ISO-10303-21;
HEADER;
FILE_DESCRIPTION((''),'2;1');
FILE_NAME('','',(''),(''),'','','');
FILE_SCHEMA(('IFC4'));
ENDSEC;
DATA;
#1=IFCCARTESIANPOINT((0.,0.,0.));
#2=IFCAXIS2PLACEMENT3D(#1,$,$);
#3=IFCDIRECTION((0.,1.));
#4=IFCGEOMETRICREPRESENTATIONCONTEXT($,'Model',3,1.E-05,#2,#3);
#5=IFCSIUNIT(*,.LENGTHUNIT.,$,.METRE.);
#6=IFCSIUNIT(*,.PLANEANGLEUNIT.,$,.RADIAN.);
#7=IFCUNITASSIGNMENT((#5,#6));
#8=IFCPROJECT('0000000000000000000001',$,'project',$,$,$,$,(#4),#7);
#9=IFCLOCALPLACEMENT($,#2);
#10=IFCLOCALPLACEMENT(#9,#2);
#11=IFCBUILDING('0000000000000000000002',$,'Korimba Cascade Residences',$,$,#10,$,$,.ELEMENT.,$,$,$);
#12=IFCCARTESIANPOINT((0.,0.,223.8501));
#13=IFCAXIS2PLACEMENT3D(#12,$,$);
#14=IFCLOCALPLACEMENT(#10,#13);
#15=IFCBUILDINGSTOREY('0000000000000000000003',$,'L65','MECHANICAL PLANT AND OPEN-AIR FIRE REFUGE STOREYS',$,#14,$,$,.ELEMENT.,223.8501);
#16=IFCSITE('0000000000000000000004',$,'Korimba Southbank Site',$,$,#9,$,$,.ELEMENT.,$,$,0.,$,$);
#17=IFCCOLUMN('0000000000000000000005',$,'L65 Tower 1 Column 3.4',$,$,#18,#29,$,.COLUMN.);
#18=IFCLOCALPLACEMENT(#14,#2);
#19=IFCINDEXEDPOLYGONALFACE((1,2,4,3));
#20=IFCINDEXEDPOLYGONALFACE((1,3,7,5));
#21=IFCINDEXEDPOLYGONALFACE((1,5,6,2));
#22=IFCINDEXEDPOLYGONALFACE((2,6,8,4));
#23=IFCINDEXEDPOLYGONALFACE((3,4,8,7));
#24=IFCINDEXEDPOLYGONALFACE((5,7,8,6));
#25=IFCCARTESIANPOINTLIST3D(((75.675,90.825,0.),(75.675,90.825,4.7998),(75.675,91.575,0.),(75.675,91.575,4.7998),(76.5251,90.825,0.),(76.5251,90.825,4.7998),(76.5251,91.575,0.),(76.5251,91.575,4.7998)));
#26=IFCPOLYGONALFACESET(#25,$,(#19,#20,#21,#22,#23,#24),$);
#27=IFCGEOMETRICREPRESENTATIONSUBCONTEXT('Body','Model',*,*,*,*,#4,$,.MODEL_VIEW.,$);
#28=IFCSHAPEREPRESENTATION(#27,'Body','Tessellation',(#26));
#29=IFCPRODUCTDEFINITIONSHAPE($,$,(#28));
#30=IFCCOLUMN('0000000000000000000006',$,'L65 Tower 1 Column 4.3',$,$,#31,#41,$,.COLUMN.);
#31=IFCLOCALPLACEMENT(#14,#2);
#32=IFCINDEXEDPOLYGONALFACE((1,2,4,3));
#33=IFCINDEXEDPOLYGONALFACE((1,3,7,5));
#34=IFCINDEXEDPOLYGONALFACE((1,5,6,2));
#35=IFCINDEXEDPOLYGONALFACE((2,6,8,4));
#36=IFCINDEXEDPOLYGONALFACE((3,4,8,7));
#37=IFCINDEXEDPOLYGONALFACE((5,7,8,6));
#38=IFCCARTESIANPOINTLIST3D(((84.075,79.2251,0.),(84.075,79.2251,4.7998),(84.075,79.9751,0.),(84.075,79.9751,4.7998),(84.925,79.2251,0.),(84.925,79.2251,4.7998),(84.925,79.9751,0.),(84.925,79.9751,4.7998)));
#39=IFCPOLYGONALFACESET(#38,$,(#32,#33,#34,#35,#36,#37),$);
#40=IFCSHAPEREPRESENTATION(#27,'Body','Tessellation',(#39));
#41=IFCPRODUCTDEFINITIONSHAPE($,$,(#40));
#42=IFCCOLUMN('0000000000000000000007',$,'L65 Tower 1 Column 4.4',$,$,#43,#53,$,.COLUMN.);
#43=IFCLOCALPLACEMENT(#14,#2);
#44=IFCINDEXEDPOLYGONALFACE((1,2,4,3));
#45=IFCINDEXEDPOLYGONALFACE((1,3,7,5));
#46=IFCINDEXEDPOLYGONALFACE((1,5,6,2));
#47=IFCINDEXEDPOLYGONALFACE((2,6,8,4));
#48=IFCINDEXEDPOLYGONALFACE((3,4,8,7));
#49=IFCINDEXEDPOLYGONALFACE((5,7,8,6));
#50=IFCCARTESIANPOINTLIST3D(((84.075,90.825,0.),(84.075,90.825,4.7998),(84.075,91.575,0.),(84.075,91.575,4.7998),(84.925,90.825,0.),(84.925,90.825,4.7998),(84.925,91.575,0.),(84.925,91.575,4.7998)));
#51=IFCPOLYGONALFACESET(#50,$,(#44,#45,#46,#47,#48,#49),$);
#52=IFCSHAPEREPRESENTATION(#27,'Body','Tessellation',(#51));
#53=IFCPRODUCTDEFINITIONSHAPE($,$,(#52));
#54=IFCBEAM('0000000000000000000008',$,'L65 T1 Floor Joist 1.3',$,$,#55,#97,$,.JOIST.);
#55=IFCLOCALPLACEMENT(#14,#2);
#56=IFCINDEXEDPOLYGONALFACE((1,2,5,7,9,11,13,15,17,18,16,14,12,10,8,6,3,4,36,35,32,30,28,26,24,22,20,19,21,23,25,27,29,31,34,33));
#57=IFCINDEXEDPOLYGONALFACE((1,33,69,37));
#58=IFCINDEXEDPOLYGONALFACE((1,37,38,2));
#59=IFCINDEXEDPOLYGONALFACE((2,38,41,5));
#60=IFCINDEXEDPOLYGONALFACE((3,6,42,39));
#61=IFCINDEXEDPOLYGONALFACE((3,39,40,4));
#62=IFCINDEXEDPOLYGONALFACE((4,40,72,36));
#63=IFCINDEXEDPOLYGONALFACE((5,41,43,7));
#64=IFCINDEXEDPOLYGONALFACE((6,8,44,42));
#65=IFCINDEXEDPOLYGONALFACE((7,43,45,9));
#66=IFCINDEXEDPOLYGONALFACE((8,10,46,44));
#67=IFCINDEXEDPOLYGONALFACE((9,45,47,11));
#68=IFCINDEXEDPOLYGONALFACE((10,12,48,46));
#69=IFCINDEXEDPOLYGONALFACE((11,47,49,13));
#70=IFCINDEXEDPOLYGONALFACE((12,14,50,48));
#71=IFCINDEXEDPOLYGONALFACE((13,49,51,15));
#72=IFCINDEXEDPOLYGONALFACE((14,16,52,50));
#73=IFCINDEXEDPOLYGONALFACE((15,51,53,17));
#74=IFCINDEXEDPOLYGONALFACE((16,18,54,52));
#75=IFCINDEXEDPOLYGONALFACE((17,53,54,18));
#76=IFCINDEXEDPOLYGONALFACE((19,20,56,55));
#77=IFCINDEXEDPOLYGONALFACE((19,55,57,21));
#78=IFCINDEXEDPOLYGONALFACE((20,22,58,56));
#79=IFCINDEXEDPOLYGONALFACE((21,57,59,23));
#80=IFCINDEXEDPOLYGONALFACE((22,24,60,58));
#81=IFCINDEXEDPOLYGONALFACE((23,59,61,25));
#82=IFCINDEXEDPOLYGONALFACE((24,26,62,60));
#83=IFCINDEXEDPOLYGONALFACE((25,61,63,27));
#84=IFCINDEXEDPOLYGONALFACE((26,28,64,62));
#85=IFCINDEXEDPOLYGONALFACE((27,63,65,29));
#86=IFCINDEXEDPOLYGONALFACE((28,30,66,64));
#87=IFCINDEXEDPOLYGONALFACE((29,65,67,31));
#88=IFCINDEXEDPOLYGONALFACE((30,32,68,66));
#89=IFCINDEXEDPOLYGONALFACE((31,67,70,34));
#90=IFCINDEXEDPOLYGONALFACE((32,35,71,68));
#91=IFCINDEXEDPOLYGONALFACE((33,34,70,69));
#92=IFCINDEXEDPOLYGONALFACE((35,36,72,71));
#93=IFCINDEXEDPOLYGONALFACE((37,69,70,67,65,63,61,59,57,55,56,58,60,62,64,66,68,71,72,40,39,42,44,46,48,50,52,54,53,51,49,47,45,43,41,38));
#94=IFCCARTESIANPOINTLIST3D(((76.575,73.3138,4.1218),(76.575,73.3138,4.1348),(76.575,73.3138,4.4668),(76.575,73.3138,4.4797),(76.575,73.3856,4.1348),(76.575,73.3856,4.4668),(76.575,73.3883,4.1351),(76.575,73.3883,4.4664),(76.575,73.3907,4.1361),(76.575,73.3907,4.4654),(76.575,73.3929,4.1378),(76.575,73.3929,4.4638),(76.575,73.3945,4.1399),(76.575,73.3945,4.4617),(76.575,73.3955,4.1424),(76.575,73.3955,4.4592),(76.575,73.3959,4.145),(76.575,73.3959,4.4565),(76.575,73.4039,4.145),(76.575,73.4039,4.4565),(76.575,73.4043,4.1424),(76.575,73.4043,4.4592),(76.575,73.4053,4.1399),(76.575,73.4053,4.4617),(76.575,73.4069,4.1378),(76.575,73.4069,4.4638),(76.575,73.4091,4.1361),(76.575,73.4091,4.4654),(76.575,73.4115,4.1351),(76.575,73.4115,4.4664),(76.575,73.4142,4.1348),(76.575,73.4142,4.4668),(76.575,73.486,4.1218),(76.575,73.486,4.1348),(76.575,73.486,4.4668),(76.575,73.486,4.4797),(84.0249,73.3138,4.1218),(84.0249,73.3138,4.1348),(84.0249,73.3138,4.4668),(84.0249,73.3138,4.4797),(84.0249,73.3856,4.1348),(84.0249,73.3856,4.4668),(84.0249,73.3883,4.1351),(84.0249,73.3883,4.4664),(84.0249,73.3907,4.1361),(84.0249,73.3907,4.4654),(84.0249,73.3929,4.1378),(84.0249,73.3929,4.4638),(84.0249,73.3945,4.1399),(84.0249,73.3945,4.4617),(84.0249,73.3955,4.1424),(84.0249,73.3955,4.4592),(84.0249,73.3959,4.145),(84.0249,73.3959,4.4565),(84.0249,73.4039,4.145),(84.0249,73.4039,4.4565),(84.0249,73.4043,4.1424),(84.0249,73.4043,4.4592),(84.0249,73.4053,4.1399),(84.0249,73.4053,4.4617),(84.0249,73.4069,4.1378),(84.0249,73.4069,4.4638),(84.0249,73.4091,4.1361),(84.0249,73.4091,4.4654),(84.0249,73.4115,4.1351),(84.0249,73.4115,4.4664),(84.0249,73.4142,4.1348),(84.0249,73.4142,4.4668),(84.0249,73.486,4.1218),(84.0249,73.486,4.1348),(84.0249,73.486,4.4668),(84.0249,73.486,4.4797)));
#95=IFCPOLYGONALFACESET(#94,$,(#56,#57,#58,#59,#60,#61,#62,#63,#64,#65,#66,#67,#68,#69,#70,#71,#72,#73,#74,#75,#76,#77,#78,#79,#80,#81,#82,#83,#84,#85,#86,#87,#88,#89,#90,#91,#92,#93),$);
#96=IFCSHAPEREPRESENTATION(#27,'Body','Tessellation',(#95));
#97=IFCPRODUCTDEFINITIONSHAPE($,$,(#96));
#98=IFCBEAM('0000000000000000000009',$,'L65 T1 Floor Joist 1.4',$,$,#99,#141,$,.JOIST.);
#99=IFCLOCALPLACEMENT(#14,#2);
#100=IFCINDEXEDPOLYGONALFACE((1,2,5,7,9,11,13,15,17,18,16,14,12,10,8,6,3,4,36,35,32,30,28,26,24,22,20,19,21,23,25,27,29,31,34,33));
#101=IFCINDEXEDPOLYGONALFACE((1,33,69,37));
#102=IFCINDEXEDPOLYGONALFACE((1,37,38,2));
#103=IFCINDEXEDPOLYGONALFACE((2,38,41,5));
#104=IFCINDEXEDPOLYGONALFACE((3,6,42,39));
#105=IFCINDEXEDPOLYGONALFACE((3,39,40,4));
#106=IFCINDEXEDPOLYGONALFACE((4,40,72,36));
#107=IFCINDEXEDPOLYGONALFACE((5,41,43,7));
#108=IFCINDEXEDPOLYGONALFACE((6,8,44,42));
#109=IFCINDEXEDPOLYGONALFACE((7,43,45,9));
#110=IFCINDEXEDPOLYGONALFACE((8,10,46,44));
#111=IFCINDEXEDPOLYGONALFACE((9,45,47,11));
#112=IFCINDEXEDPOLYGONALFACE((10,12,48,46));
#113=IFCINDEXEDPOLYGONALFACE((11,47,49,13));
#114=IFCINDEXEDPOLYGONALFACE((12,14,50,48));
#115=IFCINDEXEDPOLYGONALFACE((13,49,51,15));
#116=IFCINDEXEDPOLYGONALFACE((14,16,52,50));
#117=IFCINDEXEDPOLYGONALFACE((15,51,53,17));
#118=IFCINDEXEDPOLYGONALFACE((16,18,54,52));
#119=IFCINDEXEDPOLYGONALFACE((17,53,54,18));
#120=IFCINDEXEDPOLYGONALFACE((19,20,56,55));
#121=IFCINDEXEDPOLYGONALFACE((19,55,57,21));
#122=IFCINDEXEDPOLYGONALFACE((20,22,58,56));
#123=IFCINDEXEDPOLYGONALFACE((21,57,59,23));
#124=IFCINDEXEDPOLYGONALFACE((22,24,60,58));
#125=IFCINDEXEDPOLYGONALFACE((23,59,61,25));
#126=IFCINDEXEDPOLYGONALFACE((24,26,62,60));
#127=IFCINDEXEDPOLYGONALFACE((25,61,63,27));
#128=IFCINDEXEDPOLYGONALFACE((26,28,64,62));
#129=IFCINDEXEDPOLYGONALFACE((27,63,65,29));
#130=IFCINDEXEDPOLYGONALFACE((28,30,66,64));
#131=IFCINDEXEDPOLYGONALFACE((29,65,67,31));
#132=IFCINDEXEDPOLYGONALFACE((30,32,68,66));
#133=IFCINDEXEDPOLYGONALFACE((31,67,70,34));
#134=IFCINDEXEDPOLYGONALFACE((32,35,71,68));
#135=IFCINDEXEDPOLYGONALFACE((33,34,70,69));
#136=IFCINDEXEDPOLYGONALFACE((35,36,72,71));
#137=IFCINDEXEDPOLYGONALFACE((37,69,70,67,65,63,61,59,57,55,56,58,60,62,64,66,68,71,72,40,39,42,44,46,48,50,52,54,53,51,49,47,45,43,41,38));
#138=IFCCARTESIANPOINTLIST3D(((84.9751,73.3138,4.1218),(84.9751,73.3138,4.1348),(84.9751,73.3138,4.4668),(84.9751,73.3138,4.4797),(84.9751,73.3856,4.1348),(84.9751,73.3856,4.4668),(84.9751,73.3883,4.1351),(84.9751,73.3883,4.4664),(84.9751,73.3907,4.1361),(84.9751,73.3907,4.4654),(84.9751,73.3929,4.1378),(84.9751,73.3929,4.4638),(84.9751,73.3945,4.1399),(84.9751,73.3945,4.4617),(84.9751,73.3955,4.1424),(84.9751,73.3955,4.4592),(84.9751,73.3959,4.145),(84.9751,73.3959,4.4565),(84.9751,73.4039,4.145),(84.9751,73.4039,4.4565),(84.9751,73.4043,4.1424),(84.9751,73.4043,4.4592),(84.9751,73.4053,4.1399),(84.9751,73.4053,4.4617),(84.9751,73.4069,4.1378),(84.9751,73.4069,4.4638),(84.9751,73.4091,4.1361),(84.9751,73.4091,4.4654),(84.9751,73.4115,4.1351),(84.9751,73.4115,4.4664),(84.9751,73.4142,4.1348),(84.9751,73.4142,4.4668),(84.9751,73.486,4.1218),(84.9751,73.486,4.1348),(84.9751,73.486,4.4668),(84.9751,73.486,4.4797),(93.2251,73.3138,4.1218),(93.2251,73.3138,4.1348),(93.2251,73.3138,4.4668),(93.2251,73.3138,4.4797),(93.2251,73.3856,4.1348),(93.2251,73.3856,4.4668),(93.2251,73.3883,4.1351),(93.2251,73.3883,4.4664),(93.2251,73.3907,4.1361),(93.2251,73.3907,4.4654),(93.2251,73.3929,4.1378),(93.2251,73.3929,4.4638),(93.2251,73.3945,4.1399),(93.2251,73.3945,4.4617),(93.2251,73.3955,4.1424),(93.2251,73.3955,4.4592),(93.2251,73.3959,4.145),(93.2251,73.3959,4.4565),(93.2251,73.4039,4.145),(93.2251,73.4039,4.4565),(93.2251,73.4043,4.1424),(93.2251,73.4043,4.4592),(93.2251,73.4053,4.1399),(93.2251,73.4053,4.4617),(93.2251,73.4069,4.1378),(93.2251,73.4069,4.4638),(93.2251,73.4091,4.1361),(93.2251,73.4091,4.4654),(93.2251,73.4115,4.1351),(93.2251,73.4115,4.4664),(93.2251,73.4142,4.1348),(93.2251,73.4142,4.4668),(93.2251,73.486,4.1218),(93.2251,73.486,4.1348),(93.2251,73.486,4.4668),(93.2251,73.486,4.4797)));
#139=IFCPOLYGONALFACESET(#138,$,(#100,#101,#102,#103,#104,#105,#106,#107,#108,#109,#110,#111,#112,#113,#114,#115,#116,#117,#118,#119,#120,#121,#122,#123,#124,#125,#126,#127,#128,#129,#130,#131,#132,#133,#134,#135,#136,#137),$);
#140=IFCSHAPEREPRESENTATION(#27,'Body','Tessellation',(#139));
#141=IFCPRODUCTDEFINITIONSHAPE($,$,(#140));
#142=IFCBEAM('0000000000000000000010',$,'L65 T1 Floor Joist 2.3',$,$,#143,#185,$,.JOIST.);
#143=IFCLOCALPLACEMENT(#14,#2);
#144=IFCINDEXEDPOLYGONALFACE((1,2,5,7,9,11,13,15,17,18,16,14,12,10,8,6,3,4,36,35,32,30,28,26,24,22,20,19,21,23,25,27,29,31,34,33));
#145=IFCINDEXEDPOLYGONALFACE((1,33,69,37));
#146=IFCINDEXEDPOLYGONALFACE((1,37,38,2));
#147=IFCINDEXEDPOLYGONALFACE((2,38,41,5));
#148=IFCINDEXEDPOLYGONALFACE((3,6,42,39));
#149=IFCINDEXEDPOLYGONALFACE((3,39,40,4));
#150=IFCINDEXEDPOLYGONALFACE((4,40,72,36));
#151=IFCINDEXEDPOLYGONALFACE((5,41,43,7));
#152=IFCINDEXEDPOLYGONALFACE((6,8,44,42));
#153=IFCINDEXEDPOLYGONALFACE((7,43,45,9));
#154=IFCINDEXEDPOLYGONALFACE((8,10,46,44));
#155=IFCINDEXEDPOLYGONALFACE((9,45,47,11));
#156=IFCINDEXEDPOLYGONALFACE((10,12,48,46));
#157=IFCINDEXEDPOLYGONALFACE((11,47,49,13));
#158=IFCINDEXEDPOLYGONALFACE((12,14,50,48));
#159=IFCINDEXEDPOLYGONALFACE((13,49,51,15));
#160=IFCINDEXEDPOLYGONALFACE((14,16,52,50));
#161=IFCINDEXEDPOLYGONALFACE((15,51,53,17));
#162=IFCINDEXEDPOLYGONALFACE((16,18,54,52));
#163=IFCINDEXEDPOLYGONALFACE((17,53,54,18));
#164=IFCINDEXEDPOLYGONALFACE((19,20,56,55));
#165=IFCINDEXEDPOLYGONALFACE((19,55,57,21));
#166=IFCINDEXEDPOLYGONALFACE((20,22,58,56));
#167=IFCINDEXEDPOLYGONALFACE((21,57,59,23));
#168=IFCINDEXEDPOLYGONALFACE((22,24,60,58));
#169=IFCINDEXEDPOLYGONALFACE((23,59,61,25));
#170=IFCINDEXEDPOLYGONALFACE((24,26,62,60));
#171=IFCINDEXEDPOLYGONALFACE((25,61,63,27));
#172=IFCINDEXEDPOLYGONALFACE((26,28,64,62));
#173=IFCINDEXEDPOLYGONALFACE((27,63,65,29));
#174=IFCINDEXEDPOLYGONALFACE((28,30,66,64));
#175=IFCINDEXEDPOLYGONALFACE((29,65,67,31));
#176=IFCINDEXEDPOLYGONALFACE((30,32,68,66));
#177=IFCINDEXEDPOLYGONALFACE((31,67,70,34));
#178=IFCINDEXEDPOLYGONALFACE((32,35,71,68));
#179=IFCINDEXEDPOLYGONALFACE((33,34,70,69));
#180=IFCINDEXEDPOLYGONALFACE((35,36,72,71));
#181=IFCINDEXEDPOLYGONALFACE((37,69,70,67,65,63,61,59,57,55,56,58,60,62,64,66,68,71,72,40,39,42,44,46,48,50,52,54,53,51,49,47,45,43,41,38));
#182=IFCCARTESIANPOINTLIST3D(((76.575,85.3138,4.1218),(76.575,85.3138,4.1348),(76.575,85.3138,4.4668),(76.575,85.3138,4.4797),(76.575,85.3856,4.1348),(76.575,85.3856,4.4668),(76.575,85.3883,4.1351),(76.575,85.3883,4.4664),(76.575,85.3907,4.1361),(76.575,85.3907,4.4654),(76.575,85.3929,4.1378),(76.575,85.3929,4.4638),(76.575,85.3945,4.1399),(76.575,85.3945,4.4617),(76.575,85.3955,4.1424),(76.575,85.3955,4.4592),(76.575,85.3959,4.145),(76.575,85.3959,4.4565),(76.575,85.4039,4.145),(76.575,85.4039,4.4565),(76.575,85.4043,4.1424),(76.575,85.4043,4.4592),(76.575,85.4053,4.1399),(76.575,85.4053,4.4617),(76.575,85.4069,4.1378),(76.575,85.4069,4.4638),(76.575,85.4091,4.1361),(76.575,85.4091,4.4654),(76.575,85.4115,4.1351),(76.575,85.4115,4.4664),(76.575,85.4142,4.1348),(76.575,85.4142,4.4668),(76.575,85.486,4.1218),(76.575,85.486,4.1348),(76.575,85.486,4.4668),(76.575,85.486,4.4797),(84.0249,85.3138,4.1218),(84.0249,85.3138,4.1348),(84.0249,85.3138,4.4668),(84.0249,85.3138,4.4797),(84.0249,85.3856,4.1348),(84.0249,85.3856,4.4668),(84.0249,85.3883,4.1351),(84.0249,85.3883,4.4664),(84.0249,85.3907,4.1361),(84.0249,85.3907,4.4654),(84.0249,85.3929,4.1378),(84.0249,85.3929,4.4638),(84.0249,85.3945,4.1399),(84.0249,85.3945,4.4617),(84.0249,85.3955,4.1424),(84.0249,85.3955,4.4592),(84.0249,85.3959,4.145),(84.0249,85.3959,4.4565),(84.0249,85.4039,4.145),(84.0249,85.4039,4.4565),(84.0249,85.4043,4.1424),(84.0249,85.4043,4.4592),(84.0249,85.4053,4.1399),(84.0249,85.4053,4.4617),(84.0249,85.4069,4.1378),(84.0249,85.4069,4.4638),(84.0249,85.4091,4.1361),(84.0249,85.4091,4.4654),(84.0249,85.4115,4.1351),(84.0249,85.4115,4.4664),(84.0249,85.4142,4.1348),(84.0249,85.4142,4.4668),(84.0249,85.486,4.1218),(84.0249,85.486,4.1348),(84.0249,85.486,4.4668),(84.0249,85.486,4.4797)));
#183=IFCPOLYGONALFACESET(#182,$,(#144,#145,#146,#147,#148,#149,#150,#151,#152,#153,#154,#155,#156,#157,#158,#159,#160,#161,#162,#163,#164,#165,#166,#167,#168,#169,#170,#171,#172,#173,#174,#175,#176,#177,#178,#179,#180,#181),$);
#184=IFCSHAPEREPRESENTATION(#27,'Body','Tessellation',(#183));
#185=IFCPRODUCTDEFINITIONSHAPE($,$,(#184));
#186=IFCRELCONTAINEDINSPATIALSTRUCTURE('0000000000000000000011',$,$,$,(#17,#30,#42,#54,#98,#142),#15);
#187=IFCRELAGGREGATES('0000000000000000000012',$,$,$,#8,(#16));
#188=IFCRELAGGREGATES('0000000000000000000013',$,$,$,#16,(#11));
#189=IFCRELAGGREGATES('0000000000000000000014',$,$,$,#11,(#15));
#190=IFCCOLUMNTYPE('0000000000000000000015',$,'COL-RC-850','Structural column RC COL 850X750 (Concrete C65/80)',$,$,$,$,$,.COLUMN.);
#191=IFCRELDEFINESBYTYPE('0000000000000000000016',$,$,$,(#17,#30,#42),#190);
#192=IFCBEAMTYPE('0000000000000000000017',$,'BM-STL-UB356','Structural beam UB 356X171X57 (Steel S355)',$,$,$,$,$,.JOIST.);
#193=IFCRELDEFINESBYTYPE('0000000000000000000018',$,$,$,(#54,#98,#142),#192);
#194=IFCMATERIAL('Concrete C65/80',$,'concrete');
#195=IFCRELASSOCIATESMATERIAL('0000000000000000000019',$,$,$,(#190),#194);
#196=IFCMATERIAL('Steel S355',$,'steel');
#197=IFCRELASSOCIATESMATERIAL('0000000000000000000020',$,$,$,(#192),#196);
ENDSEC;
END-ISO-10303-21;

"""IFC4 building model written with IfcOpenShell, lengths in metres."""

from ifc_helpers import new_model, si_unit, direction, frame, origin, origin_2d, place, context, subcontext, project, spatial, rectangle, i_section, extrude, material, material_profile, profile_set, type_object, element, save


model = new_model("IFC4")

# Units and contexts
model_context = context("Model", 3, precision=1e-05, world=origin(), true_north=direction((0.0, 1.0)))
body_context = subcontext(model_context, "Body", "Model", "MODEL_VIEW")
ifc_project = project(units=[si_unit("LENGTHUNIT", "METRE"), si_unit("PLANEANGLEUNIT", "RADIAN")], contexts=[model_context])

# Site, building, storey
site_placement = place(None, origin())
site = spatial("IfcSite", under=ifc_project, at=site_placement, Name="Korimba Southbank Site", CompositionType="ELEMENT", RefElevation=0.0)
building_placement = place(site_placement, origin())
building = spatial("IfcBuilding", under=site, at=building_placement, Name="Korimba Cascade Residences", CompositionType="ELEMENT")
storey_placement = place(building_placement, frame((0.0, 0.0, 223.8501)))
storey = spatial("IfcBuildingStorey", under=building, at=storey_placement, Name="L65", Description="MECHANICAL PLANT AND OPEN-AIR FIRE REFUGE STOREYS", CompositionType="ELEMENT", Elevation=223.8501)

# Columns
ifc_material_1 = material(Name="Concrete C65/80", Category="concrete")
ifc_material_profile_1 = material_profile(ifc_material_1, rectangle(XDim=0.8501, YDim=0.75, at=origin_2d()), Name="Concrete C65/80")
ifc_profile_set_1 = profile_set([ifc_material_profile_1], Name="Concrete C65/80")
column_type = type_object("IfcColumnType", Name="COL-RC-850", Description="Structural column RC COL 850X750 (Concrete C65/80)", PredefinedType="COLUMN", material=ifc_profile_set_1)
for number, where, z_axis, x_axis, name in (
    (1, (76.1001, 91.2, 0.0), (0.0, 0.0, 1.0), (1.0, 0.0, 0.0), "L65 Tower 1 Column 3.4"),
    (2, (84.5, 79.6001, 0.0), (0.0, 0.0, 1.0), (1.0, 0.0, 0.0), "L65 Tower 1 Column 4.3"),
    (3, (84.5, 91.2, 0.0), (0.0, 0.0, 1.0), (1.0, 0.0, 0.0), "L65 Tower 1 Column 4.4"),
):
    element("IfcColumn", number, at=place(storey_placement, frame(where, z_axis=z_axis, x_axis=x_axis)), inside=storey, type_object=column_type, Name=name, PredefinedType="COLUMN", context=body_context, shape_type="SweptSolid", body=[
        extrude(rectangle(XDim=0.8501, YDim=0.75, at=origin_2d()), origin(), (0.0, 0.0, 1.0), 4.7998),
    ])

# Beams
ifc_material_2 = material(Name="Steel S355", Category="steel")
ifc_material_profile_2 = material_profile(ifc_material_2, i_section(OverallWidth=0.1721, OverallDepth=0.3579, WebThickness=0.0081, FlangeThickness=0.0129, FilletRadius=0.0103, at=origin_2d()), Name="Steel S355")
ifc_profile_set_2 = profile_set([ifc_material_profile_2], Name="Steel S355")
beam_type_1 = type_object("IfcBeamType", Name="BM-STL-UB356", Description="Structural beam UB 356X171X57 (Steel S355)", PredefinedType="JOIST", material=ifc_profile_set_2)
beam_1_placement = place(storey_placement, frame((76.575, 73.3999, 4.3008), z_axis=(1.0, 0.0, 0.0), x_axis=(0.0, 1.0, 0.0)))
element("IfcBeam", 4, at=beam_1_placement, inside=storey, type_object=beam_type_1, Name="L65 T1 Floor Joist 1.3", PredefinedType="JOIST", context=body_context, shape_type="SweptSolid", body=[
    extrude(i_section(OverallWidth=0.1721, OverallDepth=0.3579, WebThickness=0.0081, FlangeThickness=0.0129, FilletRadius=0.0103, at=origin_2d()), origin(), (0.0, 0.0, 1.0), 7.45),
])
beam_2_placement = place(storey_placement, frame((84.9751, 73.3999, 4.3008), z_axis=(1.0, 0.0, 0.0), x_axis=(0.0, 1.0, 0.0)))
element("IfcBeam", 5, at=beam_2_placement, inside=storey, type_object=beam_type_1, Name="L65 T1 Floor Joist 1.4", PredefinedType="JOIST", context=body_context, shape_type="SweptSolid", body=[
    extrude(i_section(OverallWidth=0.1721, OverallDepth=0.3579, WebThickness=0.0081, FlangeThickness=0.0129, FilletRadius=0.0103, at=origin_2d()), origin(), (0.0, 0.0, 1.0), 8.25),
])
beam_3_placement = place(storey_placement, frame((76.575, 85.3999, 4.3008), z_axis=(1.0, 0.0, 0.0), x_axis=(0.0, 1.0, 0.0)))
element("IfcBeam", 6, at=beam_3_placement, inside=storey, type_object=beam_type_1, Name="L65 T1 Floor Joist 2.3", PredefinedType="JOIST", context=body_context, shape_type="SweptSolid", body=[
    extrude(i_section(OverallWidth=0.1721, OverallDepth=0.3579, WebThickness=0.0081, FlangeThickness=0.0129, FilletRadius=0.0103, at=origin_2d()), origin(), (0.0, 0.0, 1.0), 7.45),
])

save(model, "model.ifc")
